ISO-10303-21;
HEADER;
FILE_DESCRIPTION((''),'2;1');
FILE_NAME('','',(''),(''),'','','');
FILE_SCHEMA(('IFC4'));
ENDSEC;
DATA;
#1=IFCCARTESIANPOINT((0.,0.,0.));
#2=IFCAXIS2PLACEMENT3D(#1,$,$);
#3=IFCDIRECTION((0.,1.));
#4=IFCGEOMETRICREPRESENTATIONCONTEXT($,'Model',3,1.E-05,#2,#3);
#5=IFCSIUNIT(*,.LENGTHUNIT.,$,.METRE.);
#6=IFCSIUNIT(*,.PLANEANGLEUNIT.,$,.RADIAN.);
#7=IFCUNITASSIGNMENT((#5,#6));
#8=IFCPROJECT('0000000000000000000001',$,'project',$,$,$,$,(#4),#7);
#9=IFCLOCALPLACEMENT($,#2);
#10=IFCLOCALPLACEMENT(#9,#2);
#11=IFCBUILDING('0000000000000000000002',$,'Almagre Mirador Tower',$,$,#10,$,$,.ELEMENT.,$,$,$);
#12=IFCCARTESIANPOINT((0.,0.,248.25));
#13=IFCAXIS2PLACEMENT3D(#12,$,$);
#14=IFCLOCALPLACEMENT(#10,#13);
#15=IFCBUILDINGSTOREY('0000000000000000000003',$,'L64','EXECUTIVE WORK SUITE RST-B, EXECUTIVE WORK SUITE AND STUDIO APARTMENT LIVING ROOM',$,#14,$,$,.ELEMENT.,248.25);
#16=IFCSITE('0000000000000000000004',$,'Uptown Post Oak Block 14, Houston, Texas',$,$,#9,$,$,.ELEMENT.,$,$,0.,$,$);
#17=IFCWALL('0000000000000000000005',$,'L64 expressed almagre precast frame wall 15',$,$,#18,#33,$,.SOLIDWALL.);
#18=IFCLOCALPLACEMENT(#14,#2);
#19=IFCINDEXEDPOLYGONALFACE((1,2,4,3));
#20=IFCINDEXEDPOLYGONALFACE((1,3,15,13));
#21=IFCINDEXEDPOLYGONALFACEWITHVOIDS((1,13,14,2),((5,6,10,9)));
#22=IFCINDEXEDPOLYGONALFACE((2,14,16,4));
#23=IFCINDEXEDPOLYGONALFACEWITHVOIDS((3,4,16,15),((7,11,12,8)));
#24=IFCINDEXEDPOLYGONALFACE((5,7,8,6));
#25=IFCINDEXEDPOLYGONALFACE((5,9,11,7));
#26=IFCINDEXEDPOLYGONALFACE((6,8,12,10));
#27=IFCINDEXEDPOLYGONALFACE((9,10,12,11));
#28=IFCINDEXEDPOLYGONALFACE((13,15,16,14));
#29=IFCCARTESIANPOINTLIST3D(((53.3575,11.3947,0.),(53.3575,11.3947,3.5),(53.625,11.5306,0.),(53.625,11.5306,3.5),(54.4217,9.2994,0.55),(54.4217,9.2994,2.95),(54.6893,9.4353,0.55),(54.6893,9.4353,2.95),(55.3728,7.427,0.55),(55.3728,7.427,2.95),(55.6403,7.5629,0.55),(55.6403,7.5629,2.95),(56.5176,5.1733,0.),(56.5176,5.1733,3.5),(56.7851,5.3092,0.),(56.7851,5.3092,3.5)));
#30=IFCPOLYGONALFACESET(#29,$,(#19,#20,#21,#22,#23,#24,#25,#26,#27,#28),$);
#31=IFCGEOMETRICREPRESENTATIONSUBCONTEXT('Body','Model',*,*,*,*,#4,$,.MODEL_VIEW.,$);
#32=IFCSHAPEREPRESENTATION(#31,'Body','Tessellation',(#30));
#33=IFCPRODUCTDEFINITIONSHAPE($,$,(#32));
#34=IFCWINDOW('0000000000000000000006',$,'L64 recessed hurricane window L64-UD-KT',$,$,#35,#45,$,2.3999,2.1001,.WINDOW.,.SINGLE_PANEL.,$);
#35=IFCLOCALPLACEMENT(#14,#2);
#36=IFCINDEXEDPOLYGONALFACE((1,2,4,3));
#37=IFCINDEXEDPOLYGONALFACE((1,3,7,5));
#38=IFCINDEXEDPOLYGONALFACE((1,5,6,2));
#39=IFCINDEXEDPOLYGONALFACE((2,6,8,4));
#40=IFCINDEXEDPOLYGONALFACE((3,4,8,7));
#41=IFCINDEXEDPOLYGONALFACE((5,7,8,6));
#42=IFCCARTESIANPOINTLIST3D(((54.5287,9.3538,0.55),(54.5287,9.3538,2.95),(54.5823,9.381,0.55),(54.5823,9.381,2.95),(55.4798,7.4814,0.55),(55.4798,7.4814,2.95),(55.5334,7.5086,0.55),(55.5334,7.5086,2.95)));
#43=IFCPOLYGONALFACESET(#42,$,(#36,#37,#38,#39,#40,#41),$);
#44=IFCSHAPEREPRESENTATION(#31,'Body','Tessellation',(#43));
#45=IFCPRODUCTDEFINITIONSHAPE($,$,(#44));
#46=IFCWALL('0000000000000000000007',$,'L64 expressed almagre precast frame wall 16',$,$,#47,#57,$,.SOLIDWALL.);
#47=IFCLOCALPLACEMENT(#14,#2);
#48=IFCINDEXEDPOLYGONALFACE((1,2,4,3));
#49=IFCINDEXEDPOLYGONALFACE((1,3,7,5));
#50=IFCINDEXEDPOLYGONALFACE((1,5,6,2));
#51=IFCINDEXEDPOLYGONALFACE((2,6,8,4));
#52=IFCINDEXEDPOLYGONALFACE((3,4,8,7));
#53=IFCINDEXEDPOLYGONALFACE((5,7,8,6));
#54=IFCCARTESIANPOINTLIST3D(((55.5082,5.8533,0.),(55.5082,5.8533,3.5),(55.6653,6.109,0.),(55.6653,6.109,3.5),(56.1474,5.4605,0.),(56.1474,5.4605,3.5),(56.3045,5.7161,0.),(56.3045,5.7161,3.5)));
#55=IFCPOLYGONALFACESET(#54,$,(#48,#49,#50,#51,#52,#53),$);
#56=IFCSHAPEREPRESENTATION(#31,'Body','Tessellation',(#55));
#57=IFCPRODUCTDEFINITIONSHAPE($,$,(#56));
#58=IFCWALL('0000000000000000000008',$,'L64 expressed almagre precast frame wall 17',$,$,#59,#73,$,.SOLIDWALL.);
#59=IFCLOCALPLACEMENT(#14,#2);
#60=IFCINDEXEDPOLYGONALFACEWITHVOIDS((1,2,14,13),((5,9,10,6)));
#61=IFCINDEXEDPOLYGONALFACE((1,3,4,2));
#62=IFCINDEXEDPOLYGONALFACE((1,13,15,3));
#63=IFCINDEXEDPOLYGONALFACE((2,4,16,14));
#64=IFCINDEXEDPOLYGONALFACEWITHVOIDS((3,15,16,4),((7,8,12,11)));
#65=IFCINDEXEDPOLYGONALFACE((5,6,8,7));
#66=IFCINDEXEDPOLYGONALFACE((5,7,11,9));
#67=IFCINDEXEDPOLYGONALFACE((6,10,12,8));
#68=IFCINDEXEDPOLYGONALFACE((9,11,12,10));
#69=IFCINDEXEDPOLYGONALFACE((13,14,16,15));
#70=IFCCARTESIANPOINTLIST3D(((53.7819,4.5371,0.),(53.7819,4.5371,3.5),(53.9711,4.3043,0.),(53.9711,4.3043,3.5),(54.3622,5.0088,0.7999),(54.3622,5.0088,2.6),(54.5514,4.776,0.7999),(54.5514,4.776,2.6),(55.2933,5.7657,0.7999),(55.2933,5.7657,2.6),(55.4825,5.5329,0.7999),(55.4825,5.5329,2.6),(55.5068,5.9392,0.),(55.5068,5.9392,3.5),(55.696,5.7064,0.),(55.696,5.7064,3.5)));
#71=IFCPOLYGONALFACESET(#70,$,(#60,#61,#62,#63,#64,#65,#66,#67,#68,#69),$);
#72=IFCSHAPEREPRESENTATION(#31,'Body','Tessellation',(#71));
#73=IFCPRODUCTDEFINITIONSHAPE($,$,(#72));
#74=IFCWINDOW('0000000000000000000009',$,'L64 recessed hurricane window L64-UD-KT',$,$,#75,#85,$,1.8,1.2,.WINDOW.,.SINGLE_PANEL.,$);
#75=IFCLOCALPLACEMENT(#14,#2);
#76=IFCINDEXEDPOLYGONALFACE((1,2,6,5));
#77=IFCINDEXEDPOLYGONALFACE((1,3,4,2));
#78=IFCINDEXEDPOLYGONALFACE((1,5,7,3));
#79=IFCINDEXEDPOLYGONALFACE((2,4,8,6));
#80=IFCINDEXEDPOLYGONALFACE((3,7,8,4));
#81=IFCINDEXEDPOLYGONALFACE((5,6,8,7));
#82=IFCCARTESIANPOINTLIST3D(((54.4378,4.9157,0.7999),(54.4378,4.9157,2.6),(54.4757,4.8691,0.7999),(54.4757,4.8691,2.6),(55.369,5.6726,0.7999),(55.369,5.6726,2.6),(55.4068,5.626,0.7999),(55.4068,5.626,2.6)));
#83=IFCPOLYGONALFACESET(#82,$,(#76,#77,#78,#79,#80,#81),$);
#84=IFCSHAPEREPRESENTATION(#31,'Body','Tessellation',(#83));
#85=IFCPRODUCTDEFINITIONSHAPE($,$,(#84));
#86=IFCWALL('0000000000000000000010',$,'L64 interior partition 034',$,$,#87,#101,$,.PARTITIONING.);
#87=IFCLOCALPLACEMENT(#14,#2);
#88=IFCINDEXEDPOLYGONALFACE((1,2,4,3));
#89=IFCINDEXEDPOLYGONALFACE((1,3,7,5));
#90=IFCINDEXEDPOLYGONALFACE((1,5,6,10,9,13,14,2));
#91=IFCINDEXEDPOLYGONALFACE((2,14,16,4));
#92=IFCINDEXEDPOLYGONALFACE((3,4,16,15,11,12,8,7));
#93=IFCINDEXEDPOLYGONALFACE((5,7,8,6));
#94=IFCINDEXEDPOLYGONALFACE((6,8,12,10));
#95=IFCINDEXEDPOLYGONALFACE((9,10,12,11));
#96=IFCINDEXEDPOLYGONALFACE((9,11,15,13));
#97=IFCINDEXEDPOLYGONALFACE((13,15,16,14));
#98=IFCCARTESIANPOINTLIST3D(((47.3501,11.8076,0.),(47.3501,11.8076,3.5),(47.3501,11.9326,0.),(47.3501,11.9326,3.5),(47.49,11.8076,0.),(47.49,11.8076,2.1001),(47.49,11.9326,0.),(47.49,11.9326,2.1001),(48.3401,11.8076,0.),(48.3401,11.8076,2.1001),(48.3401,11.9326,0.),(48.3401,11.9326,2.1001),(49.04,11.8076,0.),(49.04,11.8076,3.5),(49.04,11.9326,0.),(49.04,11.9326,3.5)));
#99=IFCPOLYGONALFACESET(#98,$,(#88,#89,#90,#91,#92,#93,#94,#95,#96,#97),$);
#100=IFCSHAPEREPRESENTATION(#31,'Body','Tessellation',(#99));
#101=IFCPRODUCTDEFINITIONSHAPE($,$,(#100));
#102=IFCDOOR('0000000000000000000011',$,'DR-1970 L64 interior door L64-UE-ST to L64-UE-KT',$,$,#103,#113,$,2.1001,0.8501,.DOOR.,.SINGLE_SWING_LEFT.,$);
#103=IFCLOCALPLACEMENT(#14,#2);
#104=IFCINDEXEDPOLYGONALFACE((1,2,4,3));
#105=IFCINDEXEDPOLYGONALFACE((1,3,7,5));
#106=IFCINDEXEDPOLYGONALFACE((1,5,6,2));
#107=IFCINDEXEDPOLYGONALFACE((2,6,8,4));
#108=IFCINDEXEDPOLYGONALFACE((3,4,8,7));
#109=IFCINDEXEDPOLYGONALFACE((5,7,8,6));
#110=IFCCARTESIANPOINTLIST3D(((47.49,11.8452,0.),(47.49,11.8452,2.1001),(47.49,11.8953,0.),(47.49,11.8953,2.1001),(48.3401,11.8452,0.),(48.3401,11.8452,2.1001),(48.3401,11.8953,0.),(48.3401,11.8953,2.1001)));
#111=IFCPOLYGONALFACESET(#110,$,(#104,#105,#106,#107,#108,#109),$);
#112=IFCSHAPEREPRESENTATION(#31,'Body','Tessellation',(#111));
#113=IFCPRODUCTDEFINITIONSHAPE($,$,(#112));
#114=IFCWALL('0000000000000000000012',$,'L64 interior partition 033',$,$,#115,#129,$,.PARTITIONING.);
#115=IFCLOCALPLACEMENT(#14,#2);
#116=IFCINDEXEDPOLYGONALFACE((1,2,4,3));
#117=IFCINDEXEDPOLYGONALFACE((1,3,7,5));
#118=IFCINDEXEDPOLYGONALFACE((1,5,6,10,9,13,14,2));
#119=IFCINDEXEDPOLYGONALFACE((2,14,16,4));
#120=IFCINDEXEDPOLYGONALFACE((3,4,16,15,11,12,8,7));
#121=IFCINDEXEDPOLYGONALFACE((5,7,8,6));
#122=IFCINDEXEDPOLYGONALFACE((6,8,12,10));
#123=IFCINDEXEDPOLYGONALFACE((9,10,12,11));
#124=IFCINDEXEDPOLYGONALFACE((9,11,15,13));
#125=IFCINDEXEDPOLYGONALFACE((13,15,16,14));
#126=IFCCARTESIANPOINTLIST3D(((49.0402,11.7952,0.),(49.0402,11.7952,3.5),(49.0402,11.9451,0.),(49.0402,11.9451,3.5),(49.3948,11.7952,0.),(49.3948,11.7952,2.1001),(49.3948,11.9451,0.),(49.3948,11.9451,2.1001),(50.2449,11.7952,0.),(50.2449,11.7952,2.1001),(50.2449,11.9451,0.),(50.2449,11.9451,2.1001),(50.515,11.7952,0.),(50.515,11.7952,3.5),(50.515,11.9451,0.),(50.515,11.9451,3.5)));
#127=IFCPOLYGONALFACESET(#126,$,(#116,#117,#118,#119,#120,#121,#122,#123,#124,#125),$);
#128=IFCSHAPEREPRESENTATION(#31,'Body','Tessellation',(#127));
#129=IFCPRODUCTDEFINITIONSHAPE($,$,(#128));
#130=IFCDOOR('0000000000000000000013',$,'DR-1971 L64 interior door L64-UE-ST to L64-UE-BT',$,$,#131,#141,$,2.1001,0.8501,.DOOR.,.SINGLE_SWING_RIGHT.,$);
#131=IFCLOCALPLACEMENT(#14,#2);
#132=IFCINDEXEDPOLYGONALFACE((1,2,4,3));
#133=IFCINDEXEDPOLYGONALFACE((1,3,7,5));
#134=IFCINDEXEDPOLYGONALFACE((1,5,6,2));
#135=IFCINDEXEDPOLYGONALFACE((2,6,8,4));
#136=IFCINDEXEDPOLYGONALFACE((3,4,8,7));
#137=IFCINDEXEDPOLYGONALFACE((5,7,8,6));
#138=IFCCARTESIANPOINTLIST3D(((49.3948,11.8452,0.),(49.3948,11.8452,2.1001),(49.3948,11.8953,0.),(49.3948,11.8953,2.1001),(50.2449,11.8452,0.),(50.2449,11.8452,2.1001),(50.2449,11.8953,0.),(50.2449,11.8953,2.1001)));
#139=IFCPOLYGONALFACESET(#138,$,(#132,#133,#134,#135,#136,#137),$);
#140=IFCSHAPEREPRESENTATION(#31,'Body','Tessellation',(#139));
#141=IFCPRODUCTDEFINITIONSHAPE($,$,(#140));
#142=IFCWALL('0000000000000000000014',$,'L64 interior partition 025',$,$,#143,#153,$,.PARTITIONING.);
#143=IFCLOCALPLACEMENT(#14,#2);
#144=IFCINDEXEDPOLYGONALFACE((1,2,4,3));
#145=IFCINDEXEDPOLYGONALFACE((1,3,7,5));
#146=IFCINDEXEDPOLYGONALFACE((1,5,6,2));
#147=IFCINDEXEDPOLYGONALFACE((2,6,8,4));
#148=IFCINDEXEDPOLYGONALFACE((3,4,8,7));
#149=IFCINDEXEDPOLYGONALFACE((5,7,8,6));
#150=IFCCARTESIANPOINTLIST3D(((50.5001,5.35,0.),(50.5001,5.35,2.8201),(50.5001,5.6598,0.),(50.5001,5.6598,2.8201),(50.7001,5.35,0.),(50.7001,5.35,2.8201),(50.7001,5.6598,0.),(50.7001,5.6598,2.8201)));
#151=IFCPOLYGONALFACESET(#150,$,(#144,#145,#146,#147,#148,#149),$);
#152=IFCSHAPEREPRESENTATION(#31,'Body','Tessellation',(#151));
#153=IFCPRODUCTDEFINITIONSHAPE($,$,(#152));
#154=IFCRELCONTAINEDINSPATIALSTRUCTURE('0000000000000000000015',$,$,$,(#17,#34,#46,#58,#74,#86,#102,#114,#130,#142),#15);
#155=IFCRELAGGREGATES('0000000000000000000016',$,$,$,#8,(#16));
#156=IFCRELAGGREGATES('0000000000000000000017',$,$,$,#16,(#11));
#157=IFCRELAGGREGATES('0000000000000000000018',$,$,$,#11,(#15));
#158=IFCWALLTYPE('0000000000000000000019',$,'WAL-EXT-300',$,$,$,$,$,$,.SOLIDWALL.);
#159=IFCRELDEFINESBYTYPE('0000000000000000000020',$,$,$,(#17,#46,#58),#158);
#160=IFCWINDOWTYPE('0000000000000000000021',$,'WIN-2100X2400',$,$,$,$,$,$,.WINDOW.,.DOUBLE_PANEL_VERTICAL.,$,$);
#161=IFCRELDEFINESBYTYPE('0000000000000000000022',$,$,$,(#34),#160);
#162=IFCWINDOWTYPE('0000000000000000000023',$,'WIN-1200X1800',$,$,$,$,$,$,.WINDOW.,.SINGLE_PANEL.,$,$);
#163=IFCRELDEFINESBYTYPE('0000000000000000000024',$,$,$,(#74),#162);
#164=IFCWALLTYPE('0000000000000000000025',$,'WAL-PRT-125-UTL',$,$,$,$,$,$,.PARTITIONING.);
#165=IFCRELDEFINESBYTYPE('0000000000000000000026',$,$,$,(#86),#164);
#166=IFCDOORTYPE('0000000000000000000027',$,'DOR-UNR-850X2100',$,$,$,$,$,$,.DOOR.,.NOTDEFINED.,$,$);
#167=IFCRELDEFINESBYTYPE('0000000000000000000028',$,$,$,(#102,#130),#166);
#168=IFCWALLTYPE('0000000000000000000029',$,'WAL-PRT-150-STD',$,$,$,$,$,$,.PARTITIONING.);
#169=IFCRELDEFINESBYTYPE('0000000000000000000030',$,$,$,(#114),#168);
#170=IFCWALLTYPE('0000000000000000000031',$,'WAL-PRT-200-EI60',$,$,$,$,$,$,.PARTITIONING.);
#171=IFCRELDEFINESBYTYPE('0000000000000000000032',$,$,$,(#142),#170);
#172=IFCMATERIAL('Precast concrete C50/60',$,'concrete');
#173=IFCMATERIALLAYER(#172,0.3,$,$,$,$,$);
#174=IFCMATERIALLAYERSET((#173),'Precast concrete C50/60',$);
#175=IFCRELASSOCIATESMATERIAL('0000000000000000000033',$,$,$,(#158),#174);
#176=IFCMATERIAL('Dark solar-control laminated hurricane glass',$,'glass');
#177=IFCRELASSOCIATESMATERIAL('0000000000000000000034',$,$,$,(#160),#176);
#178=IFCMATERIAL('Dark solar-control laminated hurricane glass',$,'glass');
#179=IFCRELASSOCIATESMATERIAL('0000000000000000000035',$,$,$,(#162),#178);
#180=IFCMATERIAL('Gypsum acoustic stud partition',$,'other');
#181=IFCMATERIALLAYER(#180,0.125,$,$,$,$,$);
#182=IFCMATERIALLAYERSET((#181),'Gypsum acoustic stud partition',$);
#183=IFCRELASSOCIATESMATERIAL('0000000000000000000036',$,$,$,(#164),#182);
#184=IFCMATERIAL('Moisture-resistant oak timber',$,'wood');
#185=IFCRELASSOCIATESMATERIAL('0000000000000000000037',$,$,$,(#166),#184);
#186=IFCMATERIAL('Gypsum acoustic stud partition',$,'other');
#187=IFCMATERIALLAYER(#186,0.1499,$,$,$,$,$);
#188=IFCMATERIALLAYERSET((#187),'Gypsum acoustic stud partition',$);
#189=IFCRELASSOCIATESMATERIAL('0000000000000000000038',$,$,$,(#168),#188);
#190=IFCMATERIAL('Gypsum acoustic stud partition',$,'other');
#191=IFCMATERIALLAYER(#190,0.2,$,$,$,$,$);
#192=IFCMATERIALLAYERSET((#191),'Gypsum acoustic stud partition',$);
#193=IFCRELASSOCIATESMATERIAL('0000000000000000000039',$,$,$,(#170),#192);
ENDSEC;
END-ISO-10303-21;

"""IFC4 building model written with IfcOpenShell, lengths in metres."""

from ifc_helpers import new_model, si_unit, direction, frame, frame_2d, origin, place, context, subcontext, project, spatial, rectangle, extrude, material, layer, layer_set, type_object, element, fill, save


model = new_model("IFC4")

# Units and contexts
model_context = context("Model", 3, precision=1e-05, world=origin(), true_north=direction((0.0, 1.0)))
body_context = subcontext(model_context, "Body", "Model", "MODEL_VIEW")
ifc_project = project(units=[si_unit("LENGTHUNIT", "METRE"), si_unit("PLANEANGLEUNIT", "RADIAN")], contexts=[model_context])

# Site, building, storey
site_placement = place(None, origin())
site = spatial("IfcSite", under=ifc_project, at=site_placement, Name="Uptown Post Oak Block 14, Houston, Texas", CompositionType="ELEMENT", RefElevation=0.0)
building_placement = place(site_placement, origin())
building = spatial("IfcBuilding", under=site, at=building_placement, Name="Almagre Mirador Tower", CompositionType="ELEMENT")
storey_placement = place(building_placement, frame((0.0, 0.0, 248.25)))
storey = spatial("IfcBuildingStorey", under=building, at=storey_placement, Name="L64", Description="EXECUTIVE WORK SUITE RST-B, EXECUTIVE WORK SUITE AND STUDIO APARTMENT LIVING ROOM", CompositionType="ELEMENT", Elevation=248.25)

# Wall, opening, window
ifc_material_1 = material(Name="Precast concrete C50/60", Category="concrete")
ifc_layer_1 = layer(ifc_material_1, 0.3)
ifc_layer_set_1 = layer_set([ifc_layer_1], Name="Precast concrete C50/60")
wall_type_1 = type_object("IfcWallType", Name="WAL-EXT-300", PredefinedType="SOLIDWALL", material=ifc_layer_set_1)
wall_1_placement = place(storey_placement, frame((53.4912, 11.4626, 0.0), z_axis=(0.0, 0.0, 1.0), x_axis=(0.452873, -0.891575, 0.0)))
wall_1 = element("IfcWall", 1, at=wall_1_placement, inside=storey, type_object=wall_type_1, Name="L64 expressed almagre precast frame wall 15", PredefinedType="SOLIDWALL", context=body_context, shape_type="SweptSolid", body=[
    extrude(rectangle(XDim=6.978, YDim=0.3, at=frame_2d((3.489, 0.0))), origin(), (0.0, 0.0, 1.0), 3.5),
])
opening_1_placement = place(wall_1_placement, frame((2.3501, 0.0, 0.55)))
opening_1 = element("IfcOpeningElement", 2, at=opening_1_placement, cuts=wall_1, PredefinedType="OPENING", context=body_context, shape_type="SweptSolid", body=[
    extrude(rectangle(XDim=2.1001, YDim=2.3999, at=frame_2d((1.05, 1.2))), frame((0.0, 0.1599, 0.0), z_axis=(0.0, -1.0, 0.0), x_axis=(1.0, 0.0, 0.0)), (0.0, 0.0, 1.0), 0.32),
])
ifc_material_2 = material(Name="Dark solar-control laminated hurricane glass", Category="glass")
window_type_1 = type_object("IfcWindowType", Name="WIN-2100X2400", PartitioningType="DOUBLE_PANEL_VERTICAL", PredefinedType="WINDOW", material=ifc_material_2)
window_1_placement = place(opening_1_placement, origin())
window_1 = element("IfcWindow", 3, at=window_1_placement, inside=storey, type_object=window_type_1, Name="L64 recessed hurricane window L64-UD-KT", OverallHeight=2.3999, OverallWidth=2.1001, PartitioningType="SINGLE_PANEL", PredefinedType="WINDOW", context=body_context, shape_type="SweptSolid", body=[
    extrude(rectangle(XDim=2.1001, YDim=2.3999, at=frame_2d((1.05, 1.2))), frame((0.0, 0.03, 0.0), z_axis=(0.0, -1.0, 0.0), x_axis=(1.0, 0.0, 0.0)), (0.0, 0.0, 1.0), 0.0601),
])
fill(opening_1, window_1)

# Wall
wall_2_placement = place(storey_placement, frame((56.2258, 5.5884, 0.0), z_axis=(0.0, 0.0, 1.0), x_axis=(-0.85196, 0.523607, 0.0)))
element("IfcWall", 4, at=wall_2_placement, inside=storey, type_object=wall_type_1, Name="L64 expressed almagre precast frame wall 16", PredefinedType="SOLIDWALL", context=body_context, shape_type="SweptSolid", body=[
    extrude(rectangle(XDim=0.7502, YDim=0.3, at=frame_2d((0.375, 0.0))), origin(), (0.0, 0.0, 1.0), 3.5),
])

# Wall, opening, window
wall_3_placement = place(storey_placement, frame((55.6013, 5.8228, 0.0), z_axis=(0.0, 0.0, 1.0), x_axis=(-0.77597, -0.63077, 0.0)))
wall_3 = element("IfcWall", 5, at=wall_3_placement, inside=storey, type_object=wall_type_1, Name="L64 expressed almagre precast frame wall 17", PredefinedType="SOLIDWALL", context=body_context, shape_type="SweptSolid", body=[
    extrude(rectangle(XDim=2.2229, YDim=0.3, at=frame_2d((1.1113, 0.0))), origin(), (0.0, 0.0, 1.0), 3.5),
])
opening_2_placement = place(wall_3_placement, frame((0.2749, 0.0, 0.8)))
opening_2 = element("IfcOpeningElement", 6, at=opening_2_placement, cuts=wall_3, PredefinedType="OPENING", context=body_context, shape_type="SweptSolid", body=[
    extrude(rectangle(XDim=1.2, YDim=1.8, at=frame_2d((0.6001, 0.8999))), frame((0.0, 0.1599, 0.0), z_axis=(0.0, -1.0, 0.0), x_axis=(1.0, 0.0, 0.0)), (0.0, 0.0, 1.0), 0.32),
])
ifc_material_3 = material(Name="Dark solar-control laminated hurricane glass", Category="glass")
window_type_2 = type_object("IfcWindowType", Name="WIN-1200X1800", PartitioningType="SINGLE_PANEL", PredefinedType="WINDOW", material=ifc_material_3)
window_2_placement = place(opening_2_placement, origin())
window_2 = element("IfcWindow", 7, at=window_2_placement, inside=storey, type_object=window_type_2, Name="L64 recessed hurricane window L64-UD-KT", OverallHeight=1.8, OverallWidth=1.2, PartitioningType="SINGLE_PANEL", PredefinedType="WINDOW", context=body_context, shape_type="SweptSolid", body=[
    extrude(rectangle(XDim=1.2, YDim=1.8, at=frame_2d((0.6001, 0.8999))), frame((0.0, 0.03, 0.0), z_axis=(0.0, -1.0, 0.0), x_axis=(1.0, 0.0, 0.0)), (0.0, 0.0, 1.0), 0.0601),
])
fill(opening_2, window_2)

# Walls, openings, doors
ifc_material_4 = material(Name="Gypsum acoustic stud partition", Category="other")
ifc_layer_2 = layer(ifc_material_4, 0.125)
ifc_layer_set_2 = layer_set([ifc_layer_2], Name="Gypsum acoustic stud partition")
wall_type_2 = type_object("IfcWallType", Name="WAL-PRT-125-UTL", PredefinedType="PARTITIONING", material=ifc_layer_set_2)
wall_4_placement = place(storey_placement, frame((49.04, 11.8701, 0.0), z_axis=(0.0, 0.0, 1.0), x_axis=(-1.0, 0.0, 0.0)))
wall_4 = element("IfcWall", 8, at=wall_4_placement, inside=storey, type_object=wall_type_2, Name="L64 interior partition 034", PredefinedType="PARTITIONING", context=body_context, shape_type="SweptSolid", body=[
    extrude(rectangle(XDim=1.6899, YDim=0.125, at=frame_2d((0.845, 0.0))), origin(), (0.0, 0.0, 1.0), 3.5),
])
opening_3_placement = place(wall_4_placement, frame((0.7, 0.0, 0.0)))
opening_3 = element("IfcOpeningElement", 9, at=opening_3_placement, cuts=wall_4, PredefinedType="OPENING", context=body_context, shape_type="SweptSolid", body=[
    extrude(rectangle(XDim=0.8501, YDim=2.1001, at=frame_2d((0.425, 1.05))), frame((0.0, 0.0725, 0.0), z_axis=(0.0, -1.0, 0.0), x_axis=(1.0, 0.0, 0.0)), (0.0, 0.0, 1.0), 0.145),
])
ifc_material_5 = material(Name="Moisture-resistant oak timber", Category="wood")
door_type_1 = type_object("IfcDoorType", Name="DOR-UNR-850X2100", OperationType="NOTDEFINED", PredefinedType="DOOR", material=ifc_material_5)
door_1_placement = place(opening_3_placement, origin())
door_1 = element("IfcDoor", 10, at=door_1_placement, inside=storey, type_object=door_type_1, Name="DR-1970 L64 interior door L64-UE-ST to L64-UE-KT", OperationType="SINGLE_SWING_LEFT", OverallHeight=2.1001, OverallWidth=0.8501, PredefinedType="DOOR", context=body_context, shape_type="SweptSolid", body=[
    extrude(rectangle(XDim=0.8501, YDim=2.1001, at=frame_2d((0.425, 1.05))), frame((0.0, 0.0249, 0.0), z_axis=(0.0, -1.0, 0.0), x_axis=(1.0, 0.0, 0.0)), (0.0, 0.0, 1.0), 0.05),
])
fill(opening_3, door_1)
ifc_material_6 = material(Name="Gypsum acoustic stud partition", Category="other")
ifc_layer_3 = layer(ifc_material_6, 0.1499)
ifc_layer_set_3 = layer_set([ifc_layer_3], Name="Gypsum acoustic stud partition")
wall_type_3 = type_object("IfcWallType", Name="WAL-PRT-150-STD", PredefinedType="PARTITIONING", material=ifc_layer_set_3)
wall_5_placement = place(storey_placement, frame((50.5149, 11.8701, 0.0), z_axis=(0.0, 0.0, 1.0), x_axis=(-1.0, 0.0, 0.0)))
wall_5 = element("IfcWall", 11, at=wall_5_placement, inside=storey, type_object=wall_type_3, Name="L64 interior partition 033", PredefinedType="PARTITIONING", context=body_context, shape_type="SweptSolid", body=[
    extrude(rectangle(XDim=1.4749, YDim=0.1499, at=frame_2d((0.7373, 0.0))), origin(), (0.0, 0.0, 1.0), 3.5),
])
opening_4_placement = place(wall_5_placement, frame((0.27, 0.0, 0.0)))
opening_4 = element("IfcOpeningElement", 12, at=opening_4_placement, cuts=wall_5, PredefinedType="OPENING", context=body_context, shape_type="SweptSolid", body=[
    extrude(rectangle(XDim=0.8501, YDim=2.1001, at=frame_2d((0.425, 1.05))), frame((0.0, 0.085, 0.0), z_axis=(0.0, -1.0, 0.0), x_axis=(1.0, 0.0, 0.0)), (0.0, 0.0, 1.0), 0.1699),
])
door_2_placement = place(opening_4_placement, origin())
door_2 = element("IfcDoor", 13, at=door_2_placement, inside=storey, type_object=door_type_1, Name="DR-1971 L64 interior door L64-UE-ST to L64-UE-BT", OperationType="SINGLE_SWING_RIGHT", OverallHeight=2.1001, OverallWidth=0.8501, PredefinedType="DOOR", context=body_context, shape_type="SweptSolid", body=[
    extrude(rectangle(XDim=0.8501, YDim=2.1001, at=frame_2d((0.425, 1.05))), frame((0.0, 0.0249, 0.0), z_axis=(0.0, -1.0, 0.0), x_axis=(1.0, 0.0, 0.0)), (0.0, 0.0, 1.0), 0.05),
])
fill(opening_4, door_2)

# Wall
ifc_material_7 = material(Name="Gypsum acoustic stud partition", Category="other")
ifc_layer_4 = layer(ifc_material_7, 0.2)
ifc_layer_set_4 = layer_set([ifc_layer_4], Name="Gypsum acoustic stud partition")
wall_type_4 = type_object("IfcWallType", Name="WAL-PRT-200-EI60", PredefinedType="PARTITIONING", material=ifc_layer_set_4)
wall_6_placement = place(storey_placement, frame((50.6001, 5.3501, 0.0), z_axis=(0.0, 0.0, 1.0), x_axis=(0.0, 1.0, 0.0)))
element("IfcWall", 14, at=wall_6_placement, inside=storey, type_object=wall_type_4, Name="L64 interior partition 025", PredefinedType="PARTITIONING", context=body_context, shape_type="SweptSolid", body=[
    extrude(rectangle(XDim=0.3098, YDim=0.2, at=frame_2d((0.1548, 0.0))), origin(), (0.0, 0.0, 1.0), 2.8201),
])

save(model, "model.ifc")
